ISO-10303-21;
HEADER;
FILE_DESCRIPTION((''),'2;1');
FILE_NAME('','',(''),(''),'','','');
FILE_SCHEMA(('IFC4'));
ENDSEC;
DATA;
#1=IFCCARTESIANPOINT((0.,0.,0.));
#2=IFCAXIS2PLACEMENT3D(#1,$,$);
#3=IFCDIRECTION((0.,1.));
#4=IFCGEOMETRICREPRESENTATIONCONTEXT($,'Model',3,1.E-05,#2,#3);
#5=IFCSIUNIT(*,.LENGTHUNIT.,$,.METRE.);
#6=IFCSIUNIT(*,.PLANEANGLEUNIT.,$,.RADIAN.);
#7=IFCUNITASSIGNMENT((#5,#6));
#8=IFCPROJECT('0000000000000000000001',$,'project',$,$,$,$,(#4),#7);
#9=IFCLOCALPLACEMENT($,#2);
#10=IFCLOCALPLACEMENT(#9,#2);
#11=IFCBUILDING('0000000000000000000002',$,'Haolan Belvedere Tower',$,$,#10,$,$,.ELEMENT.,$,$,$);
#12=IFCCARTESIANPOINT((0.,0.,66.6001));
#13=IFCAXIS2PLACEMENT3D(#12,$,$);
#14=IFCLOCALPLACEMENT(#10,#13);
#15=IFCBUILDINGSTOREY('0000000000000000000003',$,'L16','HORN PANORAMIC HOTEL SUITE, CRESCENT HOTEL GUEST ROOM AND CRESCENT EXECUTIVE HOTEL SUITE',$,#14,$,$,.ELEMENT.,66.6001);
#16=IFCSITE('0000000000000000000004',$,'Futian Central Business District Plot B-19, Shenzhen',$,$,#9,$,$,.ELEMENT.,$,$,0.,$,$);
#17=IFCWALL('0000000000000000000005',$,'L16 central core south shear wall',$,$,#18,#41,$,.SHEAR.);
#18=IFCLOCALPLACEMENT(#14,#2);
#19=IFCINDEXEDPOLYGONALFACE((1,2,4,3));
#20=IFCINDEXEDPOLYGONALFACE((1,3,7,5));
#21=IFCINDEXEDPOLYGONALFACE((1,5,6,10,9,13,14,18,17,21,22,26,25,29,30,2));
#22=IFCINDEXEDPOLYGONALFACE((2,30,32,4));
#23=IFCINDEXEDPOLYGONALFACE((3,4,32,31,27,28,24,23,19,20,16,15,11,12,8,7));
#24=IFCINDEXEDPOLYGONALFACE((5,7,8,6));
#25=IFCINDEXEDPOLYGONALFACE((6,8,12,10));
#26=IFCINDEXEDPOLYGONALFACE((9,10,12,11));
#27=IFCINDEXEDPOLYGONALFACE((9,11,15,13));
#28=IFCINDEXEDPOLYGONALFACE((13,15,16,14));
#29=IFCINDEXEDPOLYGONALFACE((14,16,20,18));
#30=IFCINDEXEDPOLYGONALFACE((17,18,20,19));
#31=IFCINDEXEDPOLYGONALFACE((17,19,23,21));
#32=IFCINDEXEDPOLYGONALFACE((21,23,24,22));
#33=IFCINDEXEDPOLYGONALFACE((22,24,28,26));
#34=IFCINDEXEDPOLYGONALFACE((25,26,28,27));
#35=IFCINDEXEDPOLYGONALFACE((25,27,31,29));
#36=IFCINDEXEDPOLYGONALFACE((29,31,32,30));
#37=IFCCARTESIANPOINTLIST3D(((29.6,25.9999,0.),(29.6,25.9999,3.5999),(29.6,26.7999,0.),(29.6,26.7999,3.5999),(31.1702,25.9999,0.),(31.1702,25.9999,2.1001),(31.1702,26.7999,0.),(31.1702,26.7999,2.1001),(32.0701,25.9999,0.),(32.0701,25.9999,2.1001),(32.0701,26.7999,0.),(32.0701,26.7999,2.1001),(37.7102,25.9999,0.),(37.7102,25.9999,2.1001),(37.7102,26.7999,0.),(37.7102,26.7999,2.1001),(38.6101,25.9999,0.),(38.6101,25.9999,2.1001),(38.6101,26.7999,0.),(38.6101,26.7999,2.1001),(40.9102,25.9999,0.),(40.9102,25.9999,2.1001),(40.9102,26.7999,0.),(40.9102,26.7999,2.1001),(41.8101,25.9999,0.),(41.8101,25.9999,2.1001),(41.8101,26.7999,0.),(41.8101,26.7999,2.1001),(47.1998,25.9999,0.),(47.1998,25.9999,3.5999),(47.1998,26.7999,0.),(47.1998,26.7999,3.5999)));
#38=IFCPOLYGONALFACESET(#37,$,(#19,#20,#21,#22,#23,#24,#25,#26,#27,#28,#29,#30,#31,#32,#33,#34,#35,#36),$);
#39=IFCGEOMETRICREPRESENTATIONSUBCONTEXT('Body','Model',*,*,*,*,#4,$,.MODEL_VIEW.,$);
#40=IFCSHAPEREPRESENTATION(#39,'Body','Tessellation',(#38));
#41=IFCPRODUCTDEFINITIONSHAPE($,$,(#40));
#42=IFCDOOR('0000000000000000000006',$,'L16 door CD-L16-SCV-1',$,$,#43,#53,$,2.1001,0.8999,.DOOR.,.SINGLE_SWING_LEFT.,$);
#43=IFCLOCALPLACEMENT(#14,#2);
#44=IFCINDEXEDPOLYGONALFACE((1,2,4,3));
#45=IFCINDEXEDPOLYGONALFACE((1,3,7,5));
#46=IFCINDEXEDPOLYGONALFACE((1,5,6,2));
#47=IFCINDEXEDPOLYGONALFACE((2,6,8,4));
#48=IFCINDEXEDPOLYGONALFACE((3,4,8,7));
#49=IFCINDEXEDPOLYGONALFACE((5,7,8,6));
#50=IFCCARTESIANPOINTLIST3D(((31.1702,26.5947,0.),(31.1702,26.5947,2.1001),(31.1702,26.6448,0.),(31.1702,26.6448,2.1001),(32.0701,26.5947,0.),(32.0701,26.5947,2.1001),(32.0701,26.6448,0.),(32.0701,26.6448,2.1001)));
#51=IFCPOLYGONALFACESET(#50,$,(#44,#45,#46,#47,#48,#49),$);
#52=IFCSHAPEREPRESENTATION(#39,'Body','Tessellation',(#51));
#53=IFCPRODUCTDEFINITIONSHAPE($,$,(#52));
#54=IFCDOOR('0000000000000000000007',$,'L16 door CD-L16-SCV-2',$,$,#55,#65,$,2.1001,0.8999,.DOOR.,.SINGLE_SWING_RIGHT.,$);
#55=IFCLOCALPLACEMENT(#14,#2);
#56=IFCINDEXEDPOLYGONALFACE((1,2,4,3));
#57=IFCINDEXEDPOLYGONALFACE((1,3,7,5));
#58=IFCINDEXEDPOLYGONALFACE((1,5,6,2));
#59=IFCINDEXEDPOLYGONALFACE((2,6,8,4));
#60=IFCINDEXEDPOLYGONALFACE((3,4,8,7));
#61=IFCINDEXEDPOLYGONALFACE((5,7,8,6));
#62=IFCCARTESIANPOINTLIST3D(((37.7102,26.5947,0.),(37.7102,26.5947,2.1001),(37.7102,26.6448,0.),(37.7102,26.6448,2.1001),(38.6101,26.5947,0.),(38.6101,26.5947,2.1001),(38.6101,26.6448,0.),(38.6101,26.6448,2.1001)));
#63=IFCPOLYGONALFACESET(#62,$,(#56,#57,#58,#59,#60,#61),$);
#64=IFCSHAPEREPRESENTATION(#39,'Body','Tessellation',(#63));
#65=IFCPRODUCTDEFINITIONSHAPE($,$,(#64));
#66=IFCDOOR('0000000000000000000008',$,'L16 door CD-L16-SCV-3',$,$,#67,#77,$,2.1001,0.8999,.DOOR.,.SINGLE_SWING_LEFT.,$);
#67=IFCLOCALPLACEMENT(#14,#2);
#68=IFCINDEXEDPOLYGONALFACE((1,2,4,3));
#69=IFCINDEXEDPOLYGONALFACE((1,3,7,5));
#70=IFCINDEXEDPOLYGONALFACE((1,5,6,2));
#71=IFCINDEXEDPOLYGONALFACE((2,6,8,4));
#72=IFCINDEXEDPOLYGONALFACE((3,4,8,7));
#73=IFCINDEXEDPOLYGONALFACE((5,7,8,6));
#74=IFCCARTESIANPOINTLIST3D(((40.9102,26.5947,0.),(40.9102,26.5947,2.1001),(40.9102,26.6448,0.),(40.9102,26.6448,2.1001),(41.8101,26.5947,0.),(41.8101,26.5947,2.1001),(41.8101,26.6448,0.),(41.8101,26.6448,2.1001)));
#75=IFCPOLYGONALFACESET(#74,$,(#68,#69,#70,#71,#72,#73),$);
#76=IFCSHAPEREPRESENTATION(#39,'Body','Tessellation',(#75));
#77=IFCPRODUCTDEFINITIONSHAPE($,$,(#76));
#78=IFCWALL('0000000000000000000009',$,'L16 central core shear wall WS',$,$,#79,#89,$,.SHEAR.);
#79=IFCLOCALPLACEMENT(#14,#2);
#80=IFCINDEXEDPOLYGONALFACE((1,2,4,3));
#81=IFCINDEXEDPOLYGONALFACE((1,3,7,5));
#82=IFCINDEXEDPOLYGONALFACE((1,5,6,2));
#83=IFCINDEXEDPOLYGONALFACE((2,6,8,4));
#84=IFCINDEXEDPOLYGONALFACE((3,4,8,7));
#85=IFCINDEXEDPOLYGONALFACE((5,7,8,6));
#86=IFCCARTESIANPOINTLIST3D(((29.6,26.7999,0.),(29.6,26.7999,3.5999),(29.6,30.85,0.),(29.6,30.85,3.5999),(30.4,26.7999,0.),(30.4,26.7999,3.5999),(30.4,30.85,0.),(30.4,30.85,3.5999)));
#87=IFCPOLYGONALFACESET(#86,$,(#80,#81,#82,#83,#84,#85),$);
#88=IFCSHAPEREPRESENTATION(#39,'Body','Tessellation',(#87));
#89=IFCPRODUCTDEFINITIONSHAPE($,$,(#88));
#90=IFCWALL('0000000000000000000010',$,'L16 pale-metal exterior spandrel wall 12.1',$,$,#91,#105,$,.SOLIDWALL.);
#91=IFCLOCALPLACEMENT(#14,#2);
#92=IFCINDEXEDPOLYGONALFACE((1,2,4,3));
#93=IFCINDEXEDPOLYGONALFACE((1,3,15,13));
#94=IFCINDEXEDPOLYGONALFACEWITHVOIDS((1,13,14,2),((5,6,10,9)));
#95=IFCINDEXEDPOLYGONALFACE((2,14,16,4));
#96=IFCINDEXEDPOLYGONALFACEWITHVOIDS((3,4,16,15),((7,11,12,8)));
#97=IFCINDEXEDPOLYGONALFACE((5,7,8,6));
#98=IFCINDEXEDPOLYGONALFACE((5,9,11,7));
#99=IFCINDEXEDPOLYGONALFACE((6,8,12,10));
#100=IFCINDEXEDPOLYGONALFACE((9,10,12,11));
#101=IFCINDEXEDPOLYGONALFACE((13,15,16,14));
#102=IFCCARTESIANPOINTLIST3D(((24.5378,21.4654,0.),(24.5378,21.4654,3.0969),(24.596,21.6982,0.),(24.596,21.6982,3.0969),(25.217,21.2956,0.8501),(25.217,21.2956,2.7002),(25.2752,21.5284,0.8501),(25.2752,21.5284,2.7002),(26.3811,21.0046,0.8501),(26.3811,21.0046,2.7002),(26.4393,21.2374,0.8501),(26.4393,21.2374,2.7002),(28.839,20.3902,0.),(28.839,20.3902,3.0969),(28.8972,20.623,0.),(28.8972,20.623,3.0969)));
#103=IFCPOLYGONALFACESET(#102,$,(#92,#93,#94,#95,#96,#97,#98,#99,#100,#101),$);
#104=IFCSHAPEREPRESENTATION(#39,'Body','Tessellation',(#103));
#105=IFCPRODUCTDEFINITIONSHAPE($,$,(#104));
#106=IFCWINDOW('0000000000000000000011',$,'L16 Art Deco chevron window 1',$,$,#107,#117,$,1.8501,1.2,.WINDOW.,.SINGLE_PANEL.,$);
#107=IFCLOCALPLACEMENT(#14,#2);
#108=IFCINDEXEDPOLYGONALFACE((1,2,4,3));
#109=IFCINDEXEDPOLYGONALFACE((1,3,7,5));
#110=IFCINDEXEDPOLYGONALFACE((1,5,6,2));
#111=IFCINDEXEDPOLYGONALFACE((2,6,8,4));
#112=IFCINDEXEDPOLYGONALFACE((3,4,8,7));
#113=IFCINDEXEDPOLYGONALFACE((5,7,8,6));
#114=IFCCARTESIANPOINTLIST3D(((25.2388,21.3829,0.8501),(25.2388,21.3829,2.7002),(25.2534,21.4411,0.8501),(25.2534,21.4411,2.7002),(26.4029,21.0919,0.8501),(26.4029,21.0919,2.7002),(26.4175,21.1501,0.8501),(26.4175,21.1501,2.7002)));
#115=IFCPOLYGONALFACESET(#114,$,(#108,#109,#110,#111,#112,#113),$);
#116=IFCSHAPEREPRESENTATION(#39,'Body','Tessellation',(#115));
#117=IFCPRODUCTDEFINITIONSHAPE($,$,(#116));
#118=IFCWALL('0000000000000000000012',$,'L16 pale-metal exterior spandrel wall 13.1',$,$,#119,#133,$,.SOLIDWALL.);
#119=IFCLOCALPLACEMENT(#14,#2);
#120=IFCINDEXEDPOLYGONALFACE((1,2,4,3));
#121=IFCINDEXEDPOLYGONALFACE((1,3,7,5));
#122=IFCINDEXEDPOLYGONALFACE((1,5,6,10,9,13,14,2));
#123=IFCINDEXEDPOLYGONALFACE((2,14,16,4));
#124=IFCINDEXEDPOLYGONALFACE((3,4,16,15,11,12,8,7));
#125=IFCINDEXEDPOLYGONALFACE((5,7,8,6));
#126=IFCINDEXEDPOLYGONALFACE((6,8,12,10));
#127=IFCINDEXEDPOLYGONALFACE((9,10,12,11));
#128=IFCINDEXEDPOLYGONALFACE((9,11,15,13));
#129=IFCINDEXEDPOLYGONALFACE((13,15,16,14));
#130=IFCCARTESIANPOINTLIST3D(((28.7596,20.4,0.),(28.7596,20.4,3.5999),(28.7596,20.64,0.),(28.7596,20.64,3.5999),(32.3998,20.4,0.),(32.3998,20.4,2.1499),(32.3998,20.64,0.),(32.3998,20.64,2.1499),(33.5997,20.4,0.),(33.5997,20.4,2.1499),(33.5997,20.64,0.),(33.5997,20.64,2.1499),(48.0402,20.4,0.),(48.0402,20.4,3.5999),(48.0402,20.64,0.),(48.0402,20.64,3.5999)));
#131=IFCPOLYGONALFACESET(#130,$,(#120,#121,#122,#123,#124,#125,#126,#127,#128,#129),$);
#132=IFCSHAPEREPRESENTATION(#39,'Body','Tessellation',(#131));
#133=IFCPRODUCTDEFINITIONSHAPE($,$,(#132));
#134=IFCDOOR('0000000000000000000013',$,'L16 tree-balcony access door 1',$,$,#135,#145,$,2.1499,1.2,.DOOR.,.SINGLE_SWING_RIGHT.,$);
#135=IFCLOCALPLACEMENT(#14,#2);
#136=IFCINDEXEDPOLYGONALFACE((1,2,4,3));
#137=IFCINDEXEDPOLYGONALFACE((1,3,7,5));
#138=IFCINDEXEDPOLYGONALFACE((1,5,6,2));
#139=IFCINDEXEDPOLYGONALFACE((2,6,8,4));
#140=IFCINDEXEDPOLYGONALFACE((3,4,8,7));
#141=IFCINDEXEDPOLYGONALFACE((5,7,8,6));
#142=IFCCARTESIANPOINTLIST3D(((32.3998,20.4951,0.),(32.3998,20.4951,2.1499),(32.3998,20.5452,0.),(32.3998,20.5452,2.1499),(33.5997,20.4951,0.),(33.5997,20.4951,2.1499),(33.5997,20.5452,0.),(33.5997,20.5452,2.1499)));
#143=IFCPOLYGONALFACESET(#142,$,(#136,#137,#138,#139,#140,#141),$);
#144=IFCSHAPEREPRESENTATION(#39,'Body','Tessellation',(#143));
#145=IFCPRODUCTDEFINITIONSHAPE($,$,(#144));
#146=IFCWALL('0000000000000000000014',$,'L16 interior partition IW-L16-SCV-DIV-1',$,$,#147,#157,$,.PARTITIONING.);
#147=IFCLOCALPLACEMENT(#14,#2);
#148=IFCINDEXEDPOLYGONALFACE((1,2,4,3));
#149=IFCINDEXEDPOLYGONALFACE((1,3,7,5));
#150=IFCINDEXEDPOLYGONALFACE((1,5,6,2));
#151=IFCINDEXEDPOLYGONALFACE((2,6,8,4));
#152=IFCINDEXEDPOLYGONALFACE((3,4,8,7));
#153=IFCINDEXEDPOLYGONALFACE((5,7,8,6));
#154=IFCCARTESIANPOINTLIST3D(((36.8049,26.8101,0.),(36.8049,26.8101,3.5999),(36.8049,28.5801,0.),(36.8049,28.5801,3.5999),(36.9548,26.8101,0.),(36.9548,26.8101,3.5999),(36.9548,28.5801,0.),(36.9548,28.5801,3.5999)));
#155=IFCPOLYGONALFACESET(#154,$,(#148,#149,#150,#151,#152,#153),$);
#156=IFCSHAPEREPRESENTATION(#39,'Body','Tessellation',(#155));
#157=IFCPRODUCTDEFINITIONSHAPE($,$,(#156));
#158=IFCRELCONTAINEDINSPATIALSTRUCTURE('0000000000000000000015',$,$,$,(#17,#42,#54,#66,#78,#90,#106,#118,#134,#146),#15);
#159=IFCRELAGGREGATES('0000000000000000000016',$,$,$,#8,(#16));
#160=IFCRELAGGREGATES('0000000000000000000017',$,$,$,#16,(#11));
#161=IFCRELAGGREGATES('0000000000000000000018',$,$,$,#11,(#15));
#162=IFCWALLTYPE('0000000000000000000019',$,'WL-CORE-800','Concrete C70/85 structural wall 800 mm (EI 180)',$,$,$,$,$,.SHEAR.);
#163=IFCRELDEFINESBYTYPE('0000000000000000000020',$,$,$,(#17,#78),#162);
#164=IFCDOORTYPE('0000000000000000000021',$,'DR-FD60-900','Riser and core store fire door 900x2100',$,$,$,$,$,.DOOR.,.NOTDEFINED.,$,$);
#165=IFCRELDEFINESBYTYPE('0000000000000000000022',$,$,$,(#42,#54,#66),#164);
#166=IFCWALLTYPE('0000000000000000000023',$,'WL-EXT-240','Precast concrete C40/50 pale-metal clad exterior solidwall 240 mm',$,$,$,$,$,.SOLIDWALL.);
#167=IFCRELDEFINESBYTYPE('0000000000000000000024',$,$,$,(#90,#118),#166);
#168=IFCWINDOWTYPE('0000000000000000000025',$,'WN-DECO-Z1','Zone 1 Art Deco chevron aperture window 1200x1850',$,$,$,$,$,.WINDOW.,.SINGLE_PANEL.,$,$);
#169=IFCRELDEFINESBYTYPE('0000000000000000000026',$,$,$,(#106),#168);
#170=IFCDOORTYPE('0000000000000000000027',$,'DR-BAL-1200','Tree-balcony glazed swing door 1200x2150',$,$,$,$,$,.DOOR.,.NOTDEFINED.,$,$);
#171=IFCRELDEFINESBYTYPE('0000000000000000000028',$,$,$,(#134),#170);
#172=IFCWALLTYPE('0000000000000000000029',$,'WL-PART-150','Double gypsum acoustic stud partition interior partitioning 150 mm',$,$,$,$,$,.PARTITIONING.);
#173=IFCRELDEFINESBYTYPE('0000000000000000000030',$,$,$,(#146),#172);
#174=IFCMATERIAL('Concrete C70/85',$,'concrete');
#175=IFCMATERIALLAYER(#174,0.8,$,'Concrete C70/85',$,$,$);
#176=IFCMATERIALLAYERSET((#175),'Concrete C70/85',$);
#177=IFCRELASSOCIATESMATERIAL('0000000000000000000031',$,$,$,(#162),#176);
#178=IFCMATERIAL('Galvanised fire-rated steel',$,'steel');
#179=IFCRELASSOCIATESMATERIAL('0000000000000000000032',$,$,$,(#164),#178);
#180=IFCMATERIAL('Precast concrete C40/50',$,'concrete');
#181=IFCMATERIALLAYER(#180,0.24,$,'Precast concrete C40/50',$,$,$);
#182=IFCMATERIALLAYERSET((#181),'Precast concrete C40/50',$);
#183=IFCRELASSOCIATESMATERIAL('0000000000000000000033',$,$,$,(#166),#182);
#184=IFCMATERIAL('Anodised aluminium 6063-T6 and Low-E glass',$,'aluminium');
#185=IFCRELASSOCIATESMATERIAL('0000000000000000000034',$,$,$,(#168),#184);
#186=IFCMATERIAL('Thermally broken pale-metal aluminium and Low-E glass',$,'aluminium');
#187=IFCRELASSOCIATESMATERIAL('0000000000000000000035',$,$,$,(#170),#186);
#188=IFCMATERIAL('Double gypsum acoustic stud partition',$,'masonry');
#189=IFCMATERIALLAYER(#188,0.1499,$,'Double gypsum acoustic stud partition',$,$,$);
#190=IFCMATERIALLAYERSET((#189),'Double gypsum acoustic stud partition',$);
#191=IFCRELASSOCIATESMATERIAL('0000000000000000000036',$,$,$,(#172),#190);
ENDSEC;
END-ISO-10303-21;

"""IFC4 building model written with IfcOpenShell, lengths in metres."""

from ifc_helpers import new_model, si_unit, direction, frame, frame_2d, origin, place, context, subcontext, project, spatial, rectangle, extrude, material, layer, layer_set, type_object, element, fill, save


model = new_model("IFC4")

# Units and contexts
model_context = context("Model", 3, precision=1e-05, world=origin(), true_north=direction((0.0, 1.0)))
body_context = subcontext(model_context, "Body", "Model", "MODEL_VIEW")
ifc_project = project(units=[si_unit("LENGTHUNIT", "METRE"), si_unit("PLANEANGLEUNIT", "RADIAN")], contexts=[model_context])

# Site, building, storey
site_placement = place(None, origin())
site = spatial("IfcSite", under=ifc_project, at=site_placement, Name="Futian Central Business District Plot B-19, Shenzhen", CompositionType="ELEMENT", RefElevation=0.0)
building_placement = place(site_placement, origin())
building = spatial("IfcBuilding", under=site, at=building_placement, Name="Haolan Belvedere Tower", CompositionType="ELEMENT")
storey_placement = place(building_placement, frame((0.0, 0.0, 66.6001)))
storey = spatial("IfcBuildingStorey", under=building, at=storey_placement, Name="L16", Description="HORN PANORAMIC HOTEL SUITE, CRESCENT HOTEL GUEST ROOM AND CRESCENT EXECUTIVE HOTEL SUITE", CompositionType="ELEMENT", Elevation=66.6001)

# Wall, openings, doors
ifc_material_1 = material(Name="Concrete C70/85", Category="concrete")
ifc_layer_1 = layer(ifc_material_1, 0.8, Name="Concrete C70/85")
ifc_layer_set_1 = layer_set([ifc_layer_1], Name="Concrete C70/85")
wall_type_1 = type_object("IfcWallType", Name="WL-CORE-800", Description="Concrete C70/85 structural wall 800 mm (EI 180)", PredefinedType="SHEAR", material=ifc_layer_set_1)
wall_1_placement = place(storey_placement, frame((29.6001, 26.3999, 0.0), z_axis=(0.0, 0.0, 1.0), x_axis=(1.0, 0.0, 0.0)))
wall_1 = element("IfcWall", 1, at=wall_1_placement, inside=storey, type_object=wall_type_1, Name="L16 central core south shear wall", PredefinedType="SHEAR", context=body_context, shape_type="SweptSolid", body=[
    extrude(rectangle(XDim=17.5999, YDim=0.8, at=frame_2d((8.7998, 0.0))), origin(), (0.0, 0.0, 1.0), 3.5999),
])
opening_1_placement = place(wall_1_placement, frame((2.47, 0.0, 0.0), z_axis=(0.0, 0.0, 1.0), x_axis=(-1.0, 0.0, 0.0)))
opening_1 = element("IfcOpeningElement", 2, at=opening_1_placement, cuts=wall_1, PredefinedType="OPENING", context=body_context, shape_type="SweptSolid", body=[
    extrude(rectangle(XDim=0.8999, YDim=2.1001, at=frame_2d((0.45, 1.05))), frame((0.0, 0.4099, 0.0), z_axis=(0.0, -1.0, 0.0), x_axis=(1.0, 0.0, 0.0)), (0.0, 0.0, 1.0), 0.8201),
])
opening_2_placement = place(wall_1_placement, frame((9.01, 0.0, 0.0), z_axis=(0.0, 0.0, 1.0), x_axis=(-1.0, 0.0, 0.0)))
opening_2 = element("IfcOpeningElement", 3, at=opening_2_placement, cuts=wall_1, PredefinedType="OPENING", context=body_context, shape_type="SweptSolid", body=[
    extrude(rectangle(XDim=0.8999, YDim=2.1001, at=frame_2d((0.45, 1.05))), frame((0.0, 0.4099, 0.0), z_axis=(0.0, -1.0, 0.0), x_axis=(1.0, 0.0, 0.0)), (0.0, 0.0, 1.0), 0.8201),
])
opening_3_placement = place(wall_1_placement, frame((12.21, 0.0, 0.0), z_axis=(0.0, 0.0, 1.0), x_axis=(-1.0, 0.0, 0.0)))
opening_3 = element("IfcOpeningElement", 4, at=opening_3_placement, cuts=wall_1, PredefinedType="OPENING", context=body_context, shape_type="SweptSolid", body=[
    extrude(rectangle(XDim=0.8999, YDim=2.1001, at=frame_2d((0.45, 1.05))), frame((0.0, 0.4099, 0.0), z_axis=(0.0, -1.0, 0.0), x_axis=(1.0, 0.0, 0.0)), (0.0, 0.0, 1.0), 0.8201),
])
ifc_material_2 = material(Name="Galvanised fire-rated steel", Category="steel")
door_type_1 = type_object("IfcDoorType", Name="DR-FD60-900", Description="Riser and core store fire door 900x2100", OperationType="NOTDEFINED", PredefinedType="DOOR", material=ifc_material_2)
door_1_placement = place(opening_1_placement, origin())
door_1 = element("IfcDoor", 5, at=door_1_placement, inside=storey, type_object=door_type_1, Name="L16 door CD-L16-SCV-1", OperationType="SINGLE_SWING_LEFT", OverallHeight=2.1001, OverallWidth=0.8999, PredefinedType="DOOR", context=body_context, shape_type="SweptSolid", body=[
    extrude(rectangle(XDim=0.8999, YDim=2.1001, at=frame_2d((0.45, 1.05))), frame((0.0, -0.1948, 0.0), z_axis=(0.0, -1.0, 0.0), x_axis=(1.0, 0.0, 0.0)), (0.0, 0.0, 1.0), 0.05),
])
fill(opening_1, door_1)
door_2_placement = place(opening_2_placement, origin())
door_2 = element("IfcDoor", 6, at=door_2_placement, inside=storey, type_object=door_type_1, Name="L16 door CD-L16-SCV-2", OperationType="SINGLE_SWING_RIGHT", OverallHeight=2.1001, OverallWidth=0.8999, PredefinedType="DOOR", context=body_context, shape_type="SweptSolid", body=[
    extrude(rectangle(XDim=0.8999, YDim=2.1001, at=frame_2d((0.45, 1.05))), frame((0.0, -0.1948, 0.0), z_axis=(0.0, -1.0, 0.0), x_axis=(1.0, 0.0, 0.0)), (0.0, 0.0, 1.0), 0.05),
])
fill(opening_2, door_2)
door_3_placement = place(opening_3_placement, origin())
door_3 = element("IfcDoor", 7, at=door_3_placement, inside=storey, type_object=door_type_1, Name="L16 door CD-L16-SCV-3", OperationType="SINGLE_SWING_LEFT", OverallHeight=2.1001, OverallWidth=0.8999, PredefinedType="DOOR", context=body_context, shape_type="SweptSolid", body=[
    extrude(rectangle(XDim=0.8999, YDim=2.1001, at=frame_2d((0.45, 1.05))), frame((0.0, -0.1948, 0.0), z_axis=(0.0, -1.0, 0.0), x_axis=(1.0, 0.0, 0.0)), (0.0, 0.0, 1.0), 0.05),
])
fill(opening_3, door_3)

# Wall
wall_2_placement = place(storey_placement, frame((30.0, 26.8, 0.0), z_axis=(0.0, 0.0, 1.0), x_axis=(0.0, 1.0, 0.0)))
element("IfcWall", 8, at=wall_2_placement, inside=storey, type_object=wall_type_1, Name="L16 central core shear wall WS", PredefinedType="SHEAR", context=body_context, shape_type="SweptSolid", body=[
    extrude(rectangle(XDim=4.05, YDim=0.8, at=frame_2d((2.0249, 0.0))), origin(), (0.0, 0.0, 1.0), 3.5999),
])

# Wall, opening, window
ifc_material_3 = material(Name="Precast concrete C40/50", Category="concrete")
ifc_layer_2 = layer(ifc_material_3, 0.24, Name="Precast concrete C40/50")
ifc_layer_set_2 = layer_set([ifc_layer_2], Name="Precast concrete C40/50")
wall_type_2 = type_object("IfcWallType", Name="WL-EXT-240", Description="Precast concrete C40/50 pale-metal clad exterior solidwall 240 mm", PredefinedType="SOLIDWALL", material=ifc_layer_set_2)
wall_3_placement = place(storey_placement, frame((24.5669, 21.5818, 0.0), z_axis=(0.0, 0.0, 1.0), x_axis=(0.970149, -0.24251, 0.0)))
wall_3 = element("IfcWall", 9, at=wall_3_placement, inside=storey, type_object=wall_type_2, Name="L16 pale-metal exterior spandrel wall 12.1", PredefinedType="SOLIDWALL", context=body_context, shape_type="SweptSolid", body=[
    extrude(rectangle(XDim=4.4336, YDim=0.24, at=frame_2d((2.2168, 0.0))), origin(), (0.0, 0.0, 1.0), 3.0969),
])
opening_4_placement = place(wall_3_placement, frame((0.7, 0.0, 0.8501)))
opening_4 = element("IfcOpeningElement", 10, at=opening_4_placement, cuts=wall_3, PredefinedType="OPENING", context=body_context, shape_type="SweptSolid", body=[
    extrude(rectangle(XDim=1.2, YDim=1.8501, at=frame_2d((0.6001, 0.925))), frame((0.0, 0.1299, 0.0), z_axis=(0.0, -1.0, 0.0), x_axis=(1.0, 0.0, 0.0)), (0.0, 0.0, 1.0), 0.26),
])
ifc_material_4 = material(Name="Anodised aluminium 6063-T6 and Low-E glass", Category="aluminium")
window_type = type_object("IfcWindowType", Name="WN-DECO-Z1", Description="Zone 1 Art Deco chevron aperture window 1200x1850", PartitioningType="SINGLE_PANEL", PredefinedType="WINDOW", material=ifc_material_4)
window_placement = place(opening_4_placement, origin())
window = element("IfcWindow", 11, at=window_placement, inside=storey, type_object=window_type, Name="L16 Art Deco chevron window 1", OverallHeight=1.8501, OverallWidth=1.2, PartitioningType="SINGLE_PANEL", PredefinedType="WINDOW", context=body_context, shape_type="SweptSolid", body=[
    extrude(rectangle(XDim=1.2, YDim=1.8501, at=frame_2d((0.6001, 0.925))), frame((0.0, 0.03, 0.0), z_axis=(0.0, -1.0, 0.0), x_axis=(1.0, 0.0, 0.0)), (0.0, 0.0, 1.0), 0.0601),
])
fill(opening_4, window)

# Wall, opening, door
wall_4_placement = place(storey_placement, frame((28.7598, 20.52, 0.0), z_axis=(0.0, 0.0, 1.0), x_axis=(1.0, 0.0, 0.0)))
wall_4 = element("IfcWall", 12, at=wall_4_placement, inside=storey, type_object=wall_type_2, Name="L16 pale-metal exterior spandrel wall 13.1", PredefinedType="SOLIDWALL", context=body_context, shape_type="SweptSolid", body=[
    extrude(rectangle(XDim=19.2805, YDim=0.24, at=frame_2d((9.6401, 0.0))), origin(), (0.0, 0.0, 1.0), 3.5999),
])
opening_5_placement = place(wall_4_placement, frame((4.8401, 0.0, 0.0), z_axis=(0.0, 0.0, 1.0), x_axis=(-1.0, 0.0, 0.0)))
opening_5 = element("IfcOpeningElement", 13, at=opening_5_placement, cuts=wall_4, PredefinedType="OPENING", context=body_context, shape_type="SweptSolid", body=[
    extrude(rectangle(XDim=1.2, YDim=2.1499, at=frame_2d((0.6001, 1.075))), frame((0.0, 0.1299, 0.0), z_axis=(0.0, -1.0, 0.0), x_axis=(1.0, 0.0, 0.0)), (0.0, 0.0, 1.0), 0.26),
])
ifc_material_5 = material(Name="Thermally broken pale-metal aluminium and Low-E glass", Category="aluminium")
door_type_2 = type_object("IfcDoorType", Name="DR-BAL-1200", Description="Tree-balcony glazed swing door 1200x2150", OperationType="NOTDEFINED", PredefinedType="DOOR", material=ifc_material_5)
door_4_placement = place(opening_5_placement, origin())
door_4 = element("IfcDoor", 14, at=door_4_placement, inside=storey, type_object=door_type_2, Name="L16 tree-balcony access door 1", OperationType="SINGLE_SWING_RIGHT", OverallHeight=2.1499, OverallWidth=1.2, PredefinedType="DOOR", context=body_context, shape_type="SweptSolid", body=[
    extrude(rectangle(XDim=1.2, YDim=2.1499, at=frame_2d((0.6001, 1.075))), frame((0.0, 0.0249, 0.0), z_axis=(0.0, -1.0, 0.0), x_axis=(1.0, 0.0, 0.0)), (0.0, 0.0, 1.0), 0.05),
])
fill(opening_5, door_4)

# Wall
ifc_material_6 = material(Name="Double gypsum acoustic stud partition", Category="masonry")
ifc_layer_3 = layer(ifc_material_6, 0.1499, Name="Double gypsum acoustic stud partition")
ifc_layer_set_3 = layer_set([ifc_layer_3], Name="Double gypsum acoustic stud partition")
wall_type_3 = type_object("IfcWallType", Name="WL-PART-150", Description="Double gypsum acoustic stud partition interior partitioning 150 mm", PredefinedType="PARTITIONING", material=ifc_layer_set_3)
wall_5_placement = place(storey_placement, frame((36.8799, 26.8101, 0.0), z_axis=(0.0, 0.0, 1.0), x_axis=(0.0, 1.0, 0.0)))
element("IfcWall", 15, at=wall_5_placement, inside=storey, type_object=wall_type_3, Name="L16 interior partition IW-L16-SCV-DIV-1", PredefinedType="PARTITIONING", context=body_context, shape_type="SweptSolid", body=[
    extrude(rectangle(XDim=1.77, YDim=0.1499, at=frame_2d((0.885, 0.0))), origin(), (0.0, 0.0, 1.0), 3.5999),
])

save(model, "model.ifc")
